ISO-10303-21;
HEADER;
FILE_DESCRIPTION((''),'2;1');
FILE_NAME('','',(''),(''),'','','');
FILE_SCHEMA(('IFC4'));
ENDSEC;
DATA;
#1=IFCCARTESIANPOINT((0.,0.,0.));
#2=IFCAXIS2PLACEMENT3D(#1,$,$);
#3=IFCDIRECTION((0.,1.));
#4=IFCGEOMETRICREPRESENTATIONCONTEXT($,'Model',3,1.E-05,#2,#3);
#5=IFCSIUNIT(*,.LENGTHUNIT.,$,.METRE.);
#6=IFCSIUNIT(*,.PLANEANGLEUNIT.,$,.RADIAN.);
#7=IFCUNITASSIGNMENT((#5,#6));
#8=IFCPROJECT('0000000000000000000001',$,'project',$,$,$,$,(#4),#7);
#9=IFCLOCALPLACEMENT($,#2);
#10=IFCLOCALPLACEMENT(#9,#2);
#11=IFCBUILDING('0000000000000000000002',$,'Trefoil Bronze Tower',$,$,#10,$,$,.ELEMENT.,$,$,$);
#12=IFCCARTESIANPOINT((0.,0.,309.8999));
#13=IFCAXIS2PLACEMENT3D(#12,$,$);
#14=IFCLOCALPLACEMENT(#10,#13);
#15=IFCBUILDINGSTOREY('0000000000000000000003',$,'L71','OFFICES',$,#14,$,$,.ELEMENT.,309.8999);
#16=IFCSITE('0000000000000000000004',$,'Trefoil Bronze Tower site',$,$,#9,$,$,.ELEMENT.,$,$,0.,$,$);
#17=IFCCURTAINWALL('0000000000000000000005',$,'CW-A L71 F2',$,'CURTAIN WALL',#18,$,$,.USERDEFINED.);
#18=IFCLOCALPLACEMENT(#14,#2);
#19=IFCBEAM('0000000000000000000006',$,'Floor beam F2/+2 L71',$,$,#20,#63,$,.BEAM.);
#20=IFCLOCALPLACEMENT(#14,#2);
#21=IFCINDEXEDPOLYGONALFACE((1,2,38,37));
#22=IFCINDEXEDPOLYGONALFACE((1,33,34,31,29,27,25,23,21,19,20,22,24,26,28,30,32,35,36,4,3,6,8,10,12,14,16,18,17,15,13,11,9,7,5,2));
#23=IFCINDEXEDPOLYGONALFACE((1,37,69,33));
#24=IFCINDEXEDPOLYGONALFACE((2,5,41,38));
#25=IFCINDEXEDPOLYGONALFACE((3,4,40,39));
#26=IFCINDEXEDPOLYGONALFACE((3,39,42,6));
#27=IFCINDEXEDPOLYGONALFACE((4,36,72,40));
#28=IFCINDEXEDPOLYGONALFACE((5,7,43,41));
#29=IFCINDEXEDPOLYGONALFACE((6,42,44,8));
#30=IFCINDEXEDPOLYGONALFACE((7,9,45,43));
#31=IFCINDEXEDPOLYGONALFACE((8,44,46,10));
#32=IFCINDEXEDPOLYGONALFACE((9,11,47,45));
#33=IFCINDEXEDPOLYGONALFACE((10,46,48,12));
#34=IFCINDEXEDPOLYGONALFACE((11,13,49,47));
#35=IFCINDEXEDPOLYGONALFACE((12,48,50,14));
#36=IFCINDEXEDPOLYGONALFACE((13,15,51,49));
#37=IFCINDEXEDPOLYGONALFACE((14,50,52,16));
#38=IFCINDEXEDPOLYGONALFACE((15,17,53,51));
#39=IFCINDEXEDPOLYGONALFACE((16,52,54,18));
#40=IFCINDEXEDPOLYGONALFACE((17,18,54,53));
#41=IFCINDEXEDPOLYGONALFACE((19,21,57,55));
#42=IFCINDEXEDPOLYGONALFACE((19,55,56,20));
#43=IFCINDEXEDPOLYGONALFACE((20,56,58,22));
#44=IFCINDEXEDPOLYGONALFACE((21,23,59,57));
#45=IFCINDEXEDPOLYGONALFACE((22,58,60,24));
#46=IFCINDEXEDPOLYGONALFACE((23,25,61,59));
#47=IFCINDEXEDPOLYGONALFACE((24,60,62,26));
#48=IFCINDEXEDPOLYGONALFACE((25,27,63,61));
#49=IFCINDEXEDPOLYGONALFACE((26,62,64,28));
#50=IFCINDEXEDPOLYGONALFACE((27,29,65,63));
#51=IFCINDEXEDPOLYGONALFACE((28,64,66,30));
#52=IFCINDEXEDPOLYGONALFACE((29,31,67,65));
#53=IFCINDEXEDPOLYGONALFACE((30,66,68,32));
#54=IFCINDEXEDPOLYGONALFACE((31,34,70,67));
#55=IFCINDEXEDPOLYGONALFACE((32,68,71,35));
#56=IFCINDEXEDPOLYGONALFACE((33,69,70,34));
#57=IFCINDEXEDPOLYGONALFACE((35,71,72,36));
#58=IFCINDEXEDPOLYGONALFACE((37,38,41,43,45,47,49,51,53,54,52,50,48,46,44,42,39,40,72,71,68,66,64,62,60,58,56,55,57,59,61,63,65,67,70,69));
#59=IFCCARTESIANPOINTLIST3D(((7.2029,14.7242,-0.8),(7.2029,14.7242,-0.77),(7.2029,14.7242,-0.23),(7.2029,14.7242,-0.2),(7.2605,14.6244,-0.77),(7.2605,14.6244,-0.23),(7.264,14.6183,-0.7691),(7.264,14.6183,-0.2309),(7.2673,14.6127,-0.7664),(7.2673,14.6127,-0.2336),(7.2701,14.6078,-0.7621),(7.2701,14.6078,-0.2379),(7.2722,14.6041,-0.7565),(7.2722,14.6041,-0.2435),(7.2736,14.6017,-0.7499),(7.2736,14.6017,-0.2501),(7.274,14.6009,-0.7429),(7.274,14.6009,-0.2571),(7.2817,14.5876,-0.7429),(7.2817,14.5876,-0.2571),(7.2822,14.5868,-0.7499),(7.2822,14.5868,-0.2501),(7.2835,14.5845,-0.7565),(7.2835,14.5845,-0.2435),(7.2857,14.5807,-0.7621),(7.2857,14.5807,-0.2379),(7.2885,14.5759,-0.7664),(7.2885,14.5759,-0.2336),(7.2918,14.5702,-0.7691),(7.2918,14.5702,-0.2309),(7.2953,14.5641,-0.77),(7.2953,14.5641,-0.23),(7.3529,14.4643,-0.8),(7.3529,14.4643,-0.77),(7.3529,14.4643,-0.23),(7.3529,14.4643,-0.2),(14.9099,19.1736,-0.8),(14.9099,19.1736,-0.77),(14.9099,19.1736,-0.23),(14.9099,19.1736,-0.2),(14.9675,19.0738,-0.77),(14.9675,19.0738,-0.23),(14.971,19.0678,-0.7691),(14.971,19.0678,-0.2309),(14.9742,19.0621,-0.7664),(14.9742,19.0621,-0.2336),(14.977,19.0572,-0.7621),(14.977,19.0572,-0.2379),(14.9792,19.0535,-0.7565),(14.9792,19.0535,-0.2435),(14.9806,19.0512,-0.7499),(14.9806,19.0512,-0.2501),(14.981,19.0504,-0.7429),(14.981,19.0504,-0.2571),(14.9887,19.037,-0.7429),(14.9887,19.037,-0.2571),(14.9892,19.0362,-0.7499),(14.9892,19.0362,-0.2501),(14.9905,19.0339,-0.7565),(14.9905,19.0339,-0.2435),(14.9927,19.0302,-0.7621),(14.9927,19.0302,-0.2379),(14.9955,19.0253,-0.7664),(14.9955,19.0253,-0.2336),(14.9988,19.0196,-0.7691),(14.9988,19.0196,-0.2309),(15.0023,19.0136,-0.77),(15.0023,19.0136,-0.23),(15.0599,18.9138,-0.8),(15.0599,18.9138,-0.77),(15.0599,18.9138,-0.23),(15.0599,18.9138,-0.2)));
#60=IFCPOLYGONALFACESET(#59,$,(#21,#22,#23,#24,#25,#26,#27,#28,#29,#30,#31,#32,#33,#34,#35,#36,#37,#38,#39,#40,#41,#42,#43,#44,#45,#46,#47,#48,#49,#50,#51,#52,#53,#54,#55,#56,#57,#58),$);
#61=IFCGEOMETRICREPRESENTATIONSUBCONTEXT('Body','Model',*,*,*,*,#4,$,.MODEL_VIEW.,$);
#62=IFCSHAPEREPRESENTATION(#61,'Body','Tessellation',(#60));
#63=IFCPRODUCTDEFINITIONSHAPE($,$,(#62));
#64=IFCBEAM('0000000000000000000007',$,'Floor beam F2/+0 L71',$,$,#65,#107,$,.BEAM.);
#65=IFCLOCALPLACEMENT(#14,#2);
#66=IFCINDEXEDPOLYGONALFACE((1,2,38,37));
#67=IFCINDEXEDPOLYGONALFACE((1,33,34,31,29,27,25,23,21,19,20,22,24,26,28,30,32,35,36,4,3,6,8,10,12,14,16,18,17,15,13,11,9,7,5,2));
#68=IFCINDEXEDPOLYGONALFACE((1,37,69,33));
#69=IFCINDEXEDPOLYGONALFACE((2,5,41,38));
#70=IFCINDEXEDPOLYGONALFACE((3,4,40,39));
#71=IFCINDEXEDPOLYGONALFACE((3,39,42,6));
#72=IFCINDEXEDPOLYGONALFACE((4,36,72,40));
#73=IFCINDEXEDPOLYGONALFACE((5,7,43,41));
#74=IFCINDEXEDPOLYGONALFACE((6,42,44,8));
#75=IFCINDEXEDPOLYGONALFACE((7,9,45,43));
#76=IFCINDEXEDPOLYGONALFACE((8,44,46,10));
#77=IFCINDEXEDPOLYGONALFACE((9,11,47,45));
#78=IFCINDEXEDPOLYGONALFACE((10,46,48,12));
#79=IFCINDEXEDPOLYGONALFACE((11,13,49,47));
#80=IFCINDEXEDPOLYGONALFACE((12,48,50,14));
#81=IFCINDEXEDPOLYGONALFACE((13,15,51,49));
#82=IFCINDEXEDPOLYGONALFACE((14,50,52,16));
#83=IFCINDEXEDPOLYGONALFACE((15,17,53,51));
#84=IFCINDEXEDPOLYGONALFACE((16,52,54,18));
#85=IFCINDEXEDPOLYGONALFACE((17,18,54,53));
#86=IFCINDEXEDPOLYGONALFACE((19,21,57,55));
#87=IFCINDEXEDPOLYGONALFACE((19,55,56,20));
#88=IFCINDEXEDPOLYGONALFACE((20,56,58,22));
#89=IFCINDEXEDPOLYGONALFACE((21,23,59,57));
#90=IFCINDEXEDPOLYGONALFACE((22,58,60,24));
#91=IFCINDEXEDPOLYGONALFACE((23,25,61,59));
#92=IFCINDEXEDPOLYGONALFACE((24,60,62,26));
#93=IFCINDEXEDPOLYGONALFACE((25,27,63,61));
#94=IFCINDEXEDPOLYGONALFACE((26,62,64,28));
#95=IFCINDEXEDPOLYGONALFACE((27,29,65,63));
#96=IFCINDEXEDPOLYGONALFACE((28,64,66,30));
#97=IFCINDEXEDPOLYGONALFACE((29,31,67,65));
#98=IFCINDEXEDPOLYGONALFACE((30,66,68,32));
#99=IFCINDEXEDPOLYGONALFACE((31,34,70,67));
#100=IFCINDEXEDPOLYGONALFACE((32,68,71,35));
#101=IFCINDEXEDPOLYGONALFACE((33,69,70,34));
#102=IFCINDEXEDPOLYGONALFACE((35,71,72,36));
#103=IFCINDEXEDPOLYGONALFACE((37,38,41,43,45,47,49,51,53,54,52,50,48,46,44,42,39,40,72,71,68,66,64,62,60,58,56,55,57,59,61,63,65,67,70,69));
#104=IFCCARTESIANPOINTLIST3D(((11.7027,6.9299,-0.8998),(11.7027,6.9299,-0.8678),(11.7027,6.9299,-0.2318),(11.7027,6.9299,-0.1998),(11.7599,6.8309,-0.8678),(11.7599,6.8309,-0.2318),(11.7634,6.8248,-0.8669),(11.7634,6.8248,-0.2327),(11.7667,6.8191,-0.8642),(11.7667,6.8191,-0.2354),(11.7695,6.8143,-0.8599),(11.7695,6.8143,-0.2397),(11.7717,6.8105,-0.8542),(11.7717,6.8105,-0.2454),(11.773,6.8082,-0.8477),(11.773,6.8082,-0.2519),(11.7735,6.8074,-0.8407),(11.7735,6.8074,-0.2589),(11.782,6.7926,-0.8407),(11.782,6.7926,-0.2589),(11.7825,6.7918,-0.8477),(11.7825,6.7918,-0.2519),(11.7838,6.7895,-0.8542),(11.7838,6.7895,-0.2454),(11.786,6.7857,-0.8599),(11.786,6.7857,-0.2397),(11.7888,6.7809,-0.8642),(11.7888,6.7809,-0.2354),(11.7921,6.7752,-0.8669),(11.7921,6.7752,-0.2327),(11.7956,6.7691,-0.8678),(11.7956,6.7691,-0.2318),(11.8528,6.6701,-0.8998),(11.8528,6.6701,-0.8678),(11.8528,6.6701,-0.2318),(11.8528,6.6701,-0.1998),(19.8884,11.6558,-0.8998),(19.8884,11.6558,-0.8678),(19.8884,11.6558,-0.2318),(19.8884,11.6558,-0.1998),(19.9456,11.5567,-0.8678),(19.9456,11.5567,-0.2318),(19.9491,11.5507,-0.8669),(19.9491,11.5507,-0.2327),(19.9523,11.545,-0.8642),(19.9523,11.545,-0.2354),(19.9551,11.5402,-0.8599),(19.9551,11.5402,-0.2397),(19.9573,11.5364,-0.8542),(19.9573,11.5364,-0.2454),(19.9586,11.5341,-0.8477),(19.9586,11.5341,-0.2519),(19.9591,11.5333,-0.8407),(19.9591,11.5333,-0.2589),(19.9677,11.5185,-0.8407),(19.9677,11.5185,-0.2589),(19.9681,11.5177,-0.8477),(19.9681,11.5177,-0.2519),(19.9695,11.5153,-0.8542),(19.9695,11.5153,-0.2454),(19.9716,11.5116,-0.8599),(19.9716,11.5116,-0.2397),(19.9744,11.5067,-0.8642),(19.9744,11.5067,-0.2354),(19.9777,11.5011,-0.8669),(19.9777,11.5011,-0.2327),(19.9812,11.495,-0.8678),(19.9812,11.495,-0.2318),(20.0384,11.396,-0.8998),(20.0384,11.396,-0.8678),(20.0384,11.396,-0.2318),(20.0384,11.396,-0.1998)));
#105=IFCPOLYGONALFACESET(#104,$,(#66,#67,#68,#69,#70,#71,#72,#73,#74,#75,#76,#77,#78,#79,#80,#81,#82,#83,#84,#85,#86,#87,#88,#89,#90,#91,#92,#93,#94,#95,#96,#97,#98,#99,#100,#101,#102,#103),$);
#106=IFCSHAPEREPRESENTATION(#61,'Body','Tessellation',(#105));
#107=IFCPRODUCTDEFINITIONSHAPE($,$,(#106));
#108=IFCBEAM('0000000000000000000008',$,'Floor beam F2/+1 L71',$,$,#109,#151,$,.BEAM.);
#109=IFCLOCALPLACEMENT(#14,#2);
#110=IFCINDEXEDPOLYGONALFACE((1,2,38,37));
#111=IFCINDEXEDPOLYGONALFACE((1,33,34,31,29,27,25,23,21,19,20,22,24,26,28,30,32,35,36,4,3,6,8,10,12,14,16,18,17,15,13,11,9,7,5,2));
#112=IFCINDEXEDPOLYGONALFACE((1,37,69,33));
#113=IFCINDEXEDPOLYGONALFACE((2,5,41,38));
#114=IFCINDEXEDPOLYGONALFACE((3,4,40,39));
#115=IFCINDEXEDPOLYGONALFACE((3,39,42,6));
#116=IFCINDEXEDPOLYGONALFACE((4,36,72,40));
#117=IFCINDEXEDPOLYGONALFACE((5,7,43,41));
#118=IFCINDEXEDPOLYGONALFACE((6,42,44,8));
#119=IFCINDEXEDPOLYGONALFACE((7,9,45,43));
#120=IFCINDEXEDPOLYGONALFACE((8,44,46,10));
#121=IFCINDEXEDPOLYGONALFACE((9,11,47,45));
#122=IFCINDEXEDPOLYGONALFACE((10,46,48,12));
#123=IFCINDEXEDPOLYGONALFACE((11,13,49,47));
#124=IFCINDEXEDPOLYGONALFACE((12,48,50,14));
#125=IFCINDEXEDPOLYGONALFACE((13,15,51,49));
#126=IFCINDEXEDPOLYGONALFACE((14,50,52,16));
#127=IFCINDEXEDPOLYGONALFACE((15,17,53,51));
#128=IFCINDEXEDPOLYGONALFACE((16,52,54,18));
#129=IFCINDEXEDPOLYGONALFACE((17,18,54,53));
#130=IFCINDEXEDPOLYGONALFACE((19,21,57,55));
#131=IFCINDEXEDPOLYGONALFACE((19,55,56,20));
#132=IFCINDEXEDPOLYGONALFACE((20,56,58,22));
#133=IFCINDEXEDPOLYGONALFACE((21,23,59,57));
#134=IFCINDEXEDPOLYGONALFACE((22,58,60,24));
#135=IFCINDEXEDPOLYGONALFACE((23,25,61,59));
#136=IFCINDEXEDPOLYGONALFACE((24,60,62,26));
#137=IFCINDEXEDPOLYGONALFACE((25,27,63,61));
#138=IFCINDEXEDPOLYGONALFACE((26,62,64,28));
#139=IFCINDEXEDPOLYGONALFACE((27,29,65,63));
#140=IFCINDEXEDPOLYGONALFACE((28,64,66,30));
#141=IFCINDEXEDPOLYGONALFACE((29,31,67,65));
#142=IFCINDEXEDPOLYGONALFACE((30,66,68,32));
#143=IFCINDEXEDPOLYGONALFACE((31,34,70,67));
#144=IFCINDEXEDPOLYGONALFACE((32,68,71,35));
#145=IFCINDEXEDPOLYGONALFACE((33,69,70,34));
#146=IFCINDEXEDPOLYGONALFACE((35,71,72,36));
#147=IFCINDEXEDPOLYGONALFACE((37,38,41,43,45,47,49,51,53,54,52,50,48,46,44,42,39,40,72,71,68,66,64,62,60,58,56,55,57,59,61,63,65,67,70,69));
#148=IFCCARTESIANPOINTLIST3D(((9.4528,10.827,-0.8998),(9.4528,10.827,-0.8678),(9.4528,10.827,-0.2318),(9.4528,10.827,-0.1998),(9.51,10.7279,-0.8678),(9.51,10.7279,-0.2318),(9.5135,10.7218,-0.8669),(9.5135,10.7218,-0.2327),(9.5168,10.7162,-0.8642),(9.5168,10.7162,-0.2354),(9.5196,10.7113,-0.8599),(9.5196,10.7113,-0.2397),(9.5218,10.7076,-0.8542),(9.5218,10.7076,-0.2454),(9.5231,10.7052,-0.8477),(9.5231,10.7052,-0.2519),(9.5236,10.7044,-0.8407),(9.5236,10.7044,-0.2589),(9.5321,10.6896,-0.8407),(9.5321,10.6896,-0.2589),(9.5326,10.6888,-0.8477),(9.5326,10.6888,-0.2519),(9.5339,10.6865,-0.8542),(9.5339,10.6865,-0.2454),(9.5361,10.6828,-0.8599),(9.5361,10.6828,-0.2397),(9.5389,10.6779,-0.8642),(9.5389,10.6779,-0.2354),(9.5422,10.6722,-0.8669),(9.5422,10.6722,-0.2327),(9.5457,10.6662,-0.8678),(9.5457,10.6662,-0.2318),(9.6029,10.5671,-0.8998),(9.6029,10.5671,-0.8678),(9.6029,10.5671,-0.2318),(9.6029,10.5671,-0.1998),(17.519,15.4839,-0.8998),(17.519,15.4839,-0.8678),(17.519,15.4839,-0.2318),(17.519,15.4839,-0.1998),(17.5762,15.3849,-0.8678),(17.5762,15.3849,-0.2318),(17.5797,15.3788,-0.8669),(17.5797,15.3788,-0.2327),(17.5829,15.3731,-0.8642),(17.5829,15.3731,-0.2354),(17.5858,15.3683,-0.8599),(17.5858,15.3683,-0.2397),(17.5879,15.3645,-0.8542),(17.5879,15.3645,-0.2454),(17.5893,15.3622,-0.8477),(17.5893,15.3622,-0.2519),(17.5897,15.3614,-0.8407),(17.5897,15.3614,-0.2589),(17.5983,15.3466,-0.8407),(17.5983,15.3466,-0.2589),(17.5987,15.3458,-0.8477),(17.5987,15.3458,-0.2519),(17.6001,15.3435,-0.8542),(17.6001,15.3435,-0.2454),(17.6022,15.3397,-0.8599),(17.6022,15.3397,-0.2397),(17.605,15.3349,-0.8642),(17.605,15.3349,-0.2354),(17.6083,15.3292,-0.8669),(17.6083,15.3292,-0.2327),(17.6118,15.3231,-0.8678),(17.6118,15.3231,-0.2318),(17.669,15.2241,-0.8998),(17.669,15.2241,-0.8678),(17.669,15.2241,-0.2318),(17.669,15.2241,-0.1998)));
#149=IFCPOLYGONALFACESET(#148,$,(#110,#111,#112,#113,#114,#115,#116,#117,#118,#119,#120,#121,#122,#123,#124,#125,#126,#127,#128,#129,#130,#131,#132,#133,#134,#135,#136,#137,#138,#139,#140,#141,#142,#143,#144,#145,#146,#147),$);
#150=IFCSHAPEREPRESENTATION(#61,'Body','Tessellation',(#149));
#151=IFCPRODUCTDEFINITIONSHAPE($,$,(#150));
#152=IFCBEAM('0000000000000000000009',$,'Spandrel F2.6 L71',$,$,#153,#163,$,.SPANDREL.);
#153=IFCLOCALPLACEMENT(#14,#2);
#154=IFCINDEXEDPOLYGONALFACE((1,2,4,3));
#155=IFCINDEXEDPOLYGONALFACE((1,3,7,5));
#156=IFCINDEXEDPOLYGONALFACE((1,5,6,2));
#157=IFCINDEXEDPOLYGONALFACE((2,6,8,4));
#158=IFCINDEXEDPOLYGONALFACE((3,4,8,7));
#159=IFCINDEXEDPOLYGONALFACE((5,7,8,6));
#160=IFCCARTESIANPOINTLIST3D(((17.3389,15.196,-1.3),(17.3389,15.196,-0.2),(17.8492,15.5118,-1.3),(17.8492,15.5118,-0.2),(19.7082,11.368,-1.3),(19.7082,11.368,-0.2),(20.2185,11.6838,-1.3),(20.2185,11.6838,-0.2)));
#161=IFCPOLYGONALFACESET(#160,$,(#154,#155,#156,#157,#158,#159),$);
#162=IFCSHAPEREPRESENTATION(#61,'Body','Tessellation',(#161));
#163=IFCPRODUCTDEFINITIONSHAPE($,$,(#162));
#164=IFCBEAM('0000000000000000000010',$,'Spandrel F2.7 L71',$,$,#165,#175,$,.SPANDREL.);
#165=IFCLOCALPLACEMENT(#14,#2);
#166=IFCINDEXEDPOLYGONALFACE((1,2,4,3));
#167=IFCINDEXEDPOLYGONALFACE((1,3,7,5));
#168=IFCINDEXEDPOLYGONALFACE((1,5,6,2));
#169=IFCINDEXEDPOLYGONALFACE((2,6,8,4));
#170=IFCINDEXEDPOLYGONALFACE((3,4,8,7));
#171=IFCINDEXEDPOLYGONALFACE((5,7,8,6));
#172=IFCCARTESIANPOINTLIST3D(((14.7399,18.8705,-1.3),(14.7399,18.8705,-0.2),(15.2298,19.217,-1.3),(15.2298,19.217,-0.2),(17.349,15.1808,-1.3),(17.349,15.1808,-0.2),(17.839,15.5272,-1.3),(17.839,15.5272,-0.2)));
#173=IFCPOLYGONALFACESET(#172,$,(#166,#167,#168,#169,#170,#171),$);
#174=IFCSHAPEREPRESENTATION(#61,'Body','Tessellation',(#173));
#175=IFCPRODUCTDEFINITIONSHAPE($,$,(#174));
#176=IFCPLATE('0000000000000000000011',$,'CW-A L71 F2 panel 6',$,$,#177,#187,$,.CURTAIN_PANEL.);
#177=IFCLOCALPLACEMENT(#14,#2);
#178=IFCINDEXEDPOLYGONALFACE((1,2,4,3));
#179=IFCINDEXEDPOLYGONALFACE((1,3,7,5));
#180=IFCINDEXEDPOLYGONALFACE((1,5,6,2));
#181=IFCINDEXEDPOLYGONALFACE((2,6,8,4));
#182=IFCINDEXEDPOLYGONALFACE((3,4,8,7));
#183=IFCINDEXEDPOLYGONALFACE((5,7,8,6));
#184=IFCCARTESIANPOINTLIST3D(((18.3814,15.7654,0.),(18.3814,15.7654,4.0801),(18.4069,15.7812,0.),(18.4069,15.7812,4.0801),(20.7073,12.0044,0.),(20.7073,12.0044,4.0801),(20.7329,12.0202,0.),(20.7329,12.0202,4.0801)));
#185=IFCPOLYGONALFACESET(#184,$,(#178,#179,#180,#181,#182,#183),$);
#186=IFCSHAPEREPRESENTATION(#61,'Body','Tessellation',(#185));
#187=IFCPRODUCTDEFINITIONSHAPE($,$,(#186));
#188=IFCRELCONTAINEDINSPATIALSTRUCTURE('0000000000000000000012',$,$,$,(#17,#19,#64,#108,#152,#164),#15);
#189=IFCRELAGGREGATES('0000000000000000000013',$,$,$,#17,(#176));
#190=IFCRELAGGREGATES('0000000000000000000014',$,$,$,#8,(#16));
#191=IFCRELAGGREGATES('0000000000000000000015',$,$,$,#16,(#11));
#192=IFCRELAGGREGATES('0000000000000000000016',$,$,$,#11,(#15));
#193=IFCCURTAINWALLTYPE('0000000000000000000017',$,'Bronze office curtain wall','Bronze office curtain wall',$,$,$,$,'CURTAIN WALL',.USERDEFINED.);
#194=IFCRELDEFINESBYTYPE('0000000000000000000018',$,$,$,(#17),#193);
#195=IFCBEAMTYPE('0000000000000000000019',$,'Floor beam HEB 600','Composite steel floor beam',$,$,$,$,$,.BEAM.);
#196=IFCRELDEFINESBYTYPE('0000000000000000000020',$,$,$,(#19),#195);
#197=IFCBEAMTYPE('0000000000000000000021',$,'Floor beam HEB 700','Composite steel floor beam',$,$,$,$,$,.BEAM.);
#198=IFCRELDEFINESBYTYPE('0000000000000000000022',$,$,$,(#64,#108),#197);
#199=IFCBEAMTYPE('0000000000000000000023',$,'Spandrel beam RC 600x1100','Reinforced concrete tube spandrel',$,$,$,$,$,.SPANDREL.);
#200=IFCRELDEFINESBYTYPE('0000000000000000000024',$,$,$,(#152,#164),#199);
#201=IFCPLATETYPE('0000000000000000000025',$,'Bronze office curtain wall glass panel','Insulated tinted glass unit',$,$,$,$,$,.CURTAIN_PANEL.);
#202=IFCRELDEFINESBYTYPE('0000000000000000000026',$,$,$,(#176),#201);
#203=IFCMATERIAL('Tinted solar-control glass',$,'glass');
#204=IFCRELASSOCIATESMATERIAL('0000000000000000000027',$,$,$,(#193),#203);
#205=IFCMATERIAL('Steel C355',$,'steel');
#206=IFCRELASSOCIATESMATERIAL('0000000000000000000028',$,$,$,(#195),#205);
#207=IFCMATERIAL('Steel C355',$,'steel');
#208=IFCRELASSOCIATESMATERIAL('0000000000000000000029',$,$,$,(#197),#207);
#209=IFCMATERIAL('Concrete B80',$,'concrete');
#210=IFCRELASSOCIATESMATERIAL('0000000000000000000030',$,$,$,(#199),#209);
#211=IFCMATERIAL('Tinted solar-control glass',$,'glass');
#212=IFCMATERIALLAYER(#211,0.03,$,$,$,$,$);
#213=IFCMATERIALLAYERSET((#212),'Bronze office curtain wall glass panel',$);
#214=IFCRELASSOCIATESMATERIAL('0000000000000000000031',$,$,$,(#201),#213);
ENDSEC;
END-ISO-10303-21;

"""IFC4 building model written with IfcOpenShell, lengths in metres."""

from ifc_helpers import new_model, si_unit, direction, frame, origin, origin_2d, place, context, subcontext, project, spatial, rectangle, i_section, extrude, material, layer, layer_set, material_profile, profile_set, type_object, element, aggregate, save


model = new_model("IFC4")

# Units and contexts
model_context = context("Model", 3, precision=1e-05, world=origin(), true_north=direction((0.0, 1.0)))
body_context = subcontext(model_context, "Body", "Model", "MODEL_VIEW")
ifc_project = project(units=[si_unit("LENGTHUNIT", "METRE"), si_unit("PLANEANGLEUNIT", "RADIAN")], contexts=[model_context])

# Site, building, storey
site_placement = place(None, origin())
site = spatial("IfcSite", under=ifc_project, at=site_placement, Name="Trefoil Bronze Tower site", CompositionType="ELEMENT", RefElevation=0.0)
building_placement = place(site_placement, origin())
building = spatial("IfcBuilding", under=site, at=building_placement, Name="Trefoil Bronze Tower", CompositionType="ELEMENT")
storey_placement = place(building_placement, frame((0.0, 0.0, 309.8999)))
storey = spatial("IfcBuildingStorey", under=building, at=storey_placement, Name="L71", Description="OFFICES", CompositionType="ELEMENT", Elevation=309.8999)

# Curtain wall
ifc_material_1 = material(Name="Tinted solar-control glass", Category="glass")
curtain_wall_type = type_object("IfcCurtainWallType", Name="Bronze office curtain wall", Description="Bronze office curtain wall", ElementType="CURTAIN WALL", PredefinedType="USERDEFINED", material=ifc_material_1)
curtain_wall_placement = place(storey_placement, origin())
curtain_wall = element("IfcCurtainWall", 1, at=curtain_wall_placement, inside=storey, type_object=curtain_wall_type, Name="CW-A L71 F2", ObjectType="CURTAIN WALL", PredefinedType="USERDEFINED")

# Beams
ifc_material_2 = material(Name="Steel C355", Category="steel")
ifc_material_profile_1 = material_profile(ifc_material_2, i_section(OverallWidth=0.3, OverallDepth=0.6001, WebThickness=0.0154, FlangeThickness=0.03, FilletRadius=0.0271, at=origin_2d()), Name="HEB 600")
ifc_profile_set_1 = profile_set([ifc_material_profile_1], Name="Steel C355")
beam_type_1 = type_object("IfcBeamType", Name="Floor beam HEB 600", Description="Composite steel floor beam", PredefinedType="BEAM", material=ifc_profile_set_1)
beam_1_placement = place(storey_placement, frame((14.9849, 19.0437, -0.5), z_axis=(-0.866035, -0.499984, 0.0), x_axis=(0.499984, -0.866035, 0.0)))
element("IfcBeam", 2, at=beam_1_placement, inside=storey, type_object=beam_type_1, Name="Floor beam F2/+2 L71", PredefinedType="BEAM", context=body_context, shape_type="SweptSolid", body=[
    extrude(i_section(OverallWidth=0.3, OverallDepth=0.6001, WebThickness=0.0154, FlangeThickness=0.03, FilletRadius=0.0271, at=origin_2d()), origin(), (0.0, 0.0, 1.0), 8.8992),
])
ifc_material_3 = material(Name="Steel C355", Category="steel")
ifc_material_profile_2 = material_profile(ifc_material_3, i_section(OverallWidth=0.3, OverallDepth=0.7, WebThickness=0.0171, FlangeThickness=0.032, FilletRadius=0.0271, at=origin_2d()), Name="HEB 700")
ifc_profile_set_2 = profile_set([ifc_material_profile_2], Name="Steel C355")
beam_type_2 = type_object("IfcBeamType", Name="Floor beam HEB 700", Description="Composite steel floor beam", PredefinedType="BEAM", material=ifc_profile_set_2)
beam_2_placement = place(storey_placement, frame((19.9634, 11.5259, -0.5498), z_axis=(-0.86603, -0.499992, 0.0), x_axis=(0.499992, -0.86603, 0.0)))
element("IfcBeam", 3, at=beam_2_placement, inside=storey, type_object=beam_type_2, Name="Floor beam F2/+0 L71", PredefinedType="BEAM", context=body_context, shape_type="SweptSolid", body=[
    extrude(i_section(OverallWidth=0.3, OverallDepth=0.7, WebThickness=0.0171, FlangeThickness=0.032, FilletRadius=0.0271, at=origin_2d()), origin(), (0.0, 0.0, 1.0), 9.4519),
])
beam_3_placement = place(storey_placement, frame((17.594, 15.354, -0.5498), z_axis=(-0.866026, -0.499999, 0.0), x_axis=(0.499999, -0.866026, 0.0)))
element("IfcBeam", 4, at=beam_3_placement, inside=storey, type_object=beam_type_2, Name="Floor beam F2/+1 L71", PredefinedType="BEAM", context=body_context, shape_type="SweptSolid", body=[
    extrude(i_section(OverallWidth=0.3, OverallDepth=0.7, WebThickness=0.0171, FlangeThickness=0.032, FilletRadius=0.0271, at=origin_2d()), origin(), (0.0, 0.0, 1.0), 9.314),
])
ifc_material_4 = material(Name="Concrete B80", Category="concrete")
ifc_material_profile_3 = material_profile(ifc_material_4, rectangle(XDim=0.6001, YDim=1.1001, at=origin_2d()), Name="RC 600x1100")
ifc_profile_set_3 = profile_set([ifc_material_profile_3], Name="Concrete B80")
beam_type_3 = type_object("IfcBeamType", Name="Spandrel beam RC 600x1100", Description="Reinforced concrete tube spandrel", PredefinedType="SPANDREL", material=ifc_profile_set_3)
beam_4_placement = place(storey_placement, frame((19.9634, 11.5259, -0.75), z_axis=(-0.526289, 0.850306, 0.0), x_axis=(-0.850306, -0.526289, 0.0)))
element("IfcBeam", 5, at=beam_4_placement, inside=storey, type_object=beam_type_3, Name="Spandrel F2.6 L71", PredefinedType="SPANDREL", context=body_context, shape_type="SweptSolid", body=[
    extrude(rectangle(XDim=0.6001, YDim=1.1001, at=origin_2d()), origin(), (0.0, 0.0, 1.0), 4.502),
])
beam_5_placement = place(storey_placement, frame((17.594, 15.354, -0.75), z_axis=(-0.577368, 0.816484, 0.0), x_axis=(-0.816484, -0.577368, 0.0)))
element("IfcBeam", 6, at=beam_5_placement, inside=storey, type_object=beam_type_3, Name="Spandrel F2.7 L71", PredefinedType="SPANDREL", context=body_context, shape_type="SweptSolid", body=[
    extrude(rectangle(XDim=0.6001, YDim=1.1001, at=origin_2d()), origin(), (0.0, 0.0, 1.0), 4.519),
])

# Plate
ifc_material_5 = material(Name="Tinted solar-control glass", Category="glass")
ifc_layer_1 = layer(ifc_material_5, 0.03)
ifc_layer_set_1 = layer_set([ifc_layer_1], Name="Bronze office curtain wall glass panel")
plate_type = type_object("IfcPlateType", Name="Bronze office curtain wall glass panel", Description="Insulated tinted glass unit", PredefinedType="CURTAIN_PANEL", material=ifc_layer_set_1)
plate_1_placement = place(storey_placement, frame((19.5571, 13.8928, 0.0), z_axis=(0.0, 0.0, 1.0), x_axis=(-0.52598, 0.850497, 0.0)))
plate_1 = element("IfcPlate", 7, at=plate_1_placement, type_object=plate_type, Name="CW-A L71 F2 panel 6", PredefinedType="CURTAIN_PANEL", context=body_context, shape_type="SweptSolid", body=[
    extrude(rectangle(XDim=4.4221, YDim=0.03, at=origin_2d()), origin(), (0.0, 0.0, 1.0), 4.0801),
])
aggregate(curtain_wall, [plate_1])

save(model, "model.ifc")
